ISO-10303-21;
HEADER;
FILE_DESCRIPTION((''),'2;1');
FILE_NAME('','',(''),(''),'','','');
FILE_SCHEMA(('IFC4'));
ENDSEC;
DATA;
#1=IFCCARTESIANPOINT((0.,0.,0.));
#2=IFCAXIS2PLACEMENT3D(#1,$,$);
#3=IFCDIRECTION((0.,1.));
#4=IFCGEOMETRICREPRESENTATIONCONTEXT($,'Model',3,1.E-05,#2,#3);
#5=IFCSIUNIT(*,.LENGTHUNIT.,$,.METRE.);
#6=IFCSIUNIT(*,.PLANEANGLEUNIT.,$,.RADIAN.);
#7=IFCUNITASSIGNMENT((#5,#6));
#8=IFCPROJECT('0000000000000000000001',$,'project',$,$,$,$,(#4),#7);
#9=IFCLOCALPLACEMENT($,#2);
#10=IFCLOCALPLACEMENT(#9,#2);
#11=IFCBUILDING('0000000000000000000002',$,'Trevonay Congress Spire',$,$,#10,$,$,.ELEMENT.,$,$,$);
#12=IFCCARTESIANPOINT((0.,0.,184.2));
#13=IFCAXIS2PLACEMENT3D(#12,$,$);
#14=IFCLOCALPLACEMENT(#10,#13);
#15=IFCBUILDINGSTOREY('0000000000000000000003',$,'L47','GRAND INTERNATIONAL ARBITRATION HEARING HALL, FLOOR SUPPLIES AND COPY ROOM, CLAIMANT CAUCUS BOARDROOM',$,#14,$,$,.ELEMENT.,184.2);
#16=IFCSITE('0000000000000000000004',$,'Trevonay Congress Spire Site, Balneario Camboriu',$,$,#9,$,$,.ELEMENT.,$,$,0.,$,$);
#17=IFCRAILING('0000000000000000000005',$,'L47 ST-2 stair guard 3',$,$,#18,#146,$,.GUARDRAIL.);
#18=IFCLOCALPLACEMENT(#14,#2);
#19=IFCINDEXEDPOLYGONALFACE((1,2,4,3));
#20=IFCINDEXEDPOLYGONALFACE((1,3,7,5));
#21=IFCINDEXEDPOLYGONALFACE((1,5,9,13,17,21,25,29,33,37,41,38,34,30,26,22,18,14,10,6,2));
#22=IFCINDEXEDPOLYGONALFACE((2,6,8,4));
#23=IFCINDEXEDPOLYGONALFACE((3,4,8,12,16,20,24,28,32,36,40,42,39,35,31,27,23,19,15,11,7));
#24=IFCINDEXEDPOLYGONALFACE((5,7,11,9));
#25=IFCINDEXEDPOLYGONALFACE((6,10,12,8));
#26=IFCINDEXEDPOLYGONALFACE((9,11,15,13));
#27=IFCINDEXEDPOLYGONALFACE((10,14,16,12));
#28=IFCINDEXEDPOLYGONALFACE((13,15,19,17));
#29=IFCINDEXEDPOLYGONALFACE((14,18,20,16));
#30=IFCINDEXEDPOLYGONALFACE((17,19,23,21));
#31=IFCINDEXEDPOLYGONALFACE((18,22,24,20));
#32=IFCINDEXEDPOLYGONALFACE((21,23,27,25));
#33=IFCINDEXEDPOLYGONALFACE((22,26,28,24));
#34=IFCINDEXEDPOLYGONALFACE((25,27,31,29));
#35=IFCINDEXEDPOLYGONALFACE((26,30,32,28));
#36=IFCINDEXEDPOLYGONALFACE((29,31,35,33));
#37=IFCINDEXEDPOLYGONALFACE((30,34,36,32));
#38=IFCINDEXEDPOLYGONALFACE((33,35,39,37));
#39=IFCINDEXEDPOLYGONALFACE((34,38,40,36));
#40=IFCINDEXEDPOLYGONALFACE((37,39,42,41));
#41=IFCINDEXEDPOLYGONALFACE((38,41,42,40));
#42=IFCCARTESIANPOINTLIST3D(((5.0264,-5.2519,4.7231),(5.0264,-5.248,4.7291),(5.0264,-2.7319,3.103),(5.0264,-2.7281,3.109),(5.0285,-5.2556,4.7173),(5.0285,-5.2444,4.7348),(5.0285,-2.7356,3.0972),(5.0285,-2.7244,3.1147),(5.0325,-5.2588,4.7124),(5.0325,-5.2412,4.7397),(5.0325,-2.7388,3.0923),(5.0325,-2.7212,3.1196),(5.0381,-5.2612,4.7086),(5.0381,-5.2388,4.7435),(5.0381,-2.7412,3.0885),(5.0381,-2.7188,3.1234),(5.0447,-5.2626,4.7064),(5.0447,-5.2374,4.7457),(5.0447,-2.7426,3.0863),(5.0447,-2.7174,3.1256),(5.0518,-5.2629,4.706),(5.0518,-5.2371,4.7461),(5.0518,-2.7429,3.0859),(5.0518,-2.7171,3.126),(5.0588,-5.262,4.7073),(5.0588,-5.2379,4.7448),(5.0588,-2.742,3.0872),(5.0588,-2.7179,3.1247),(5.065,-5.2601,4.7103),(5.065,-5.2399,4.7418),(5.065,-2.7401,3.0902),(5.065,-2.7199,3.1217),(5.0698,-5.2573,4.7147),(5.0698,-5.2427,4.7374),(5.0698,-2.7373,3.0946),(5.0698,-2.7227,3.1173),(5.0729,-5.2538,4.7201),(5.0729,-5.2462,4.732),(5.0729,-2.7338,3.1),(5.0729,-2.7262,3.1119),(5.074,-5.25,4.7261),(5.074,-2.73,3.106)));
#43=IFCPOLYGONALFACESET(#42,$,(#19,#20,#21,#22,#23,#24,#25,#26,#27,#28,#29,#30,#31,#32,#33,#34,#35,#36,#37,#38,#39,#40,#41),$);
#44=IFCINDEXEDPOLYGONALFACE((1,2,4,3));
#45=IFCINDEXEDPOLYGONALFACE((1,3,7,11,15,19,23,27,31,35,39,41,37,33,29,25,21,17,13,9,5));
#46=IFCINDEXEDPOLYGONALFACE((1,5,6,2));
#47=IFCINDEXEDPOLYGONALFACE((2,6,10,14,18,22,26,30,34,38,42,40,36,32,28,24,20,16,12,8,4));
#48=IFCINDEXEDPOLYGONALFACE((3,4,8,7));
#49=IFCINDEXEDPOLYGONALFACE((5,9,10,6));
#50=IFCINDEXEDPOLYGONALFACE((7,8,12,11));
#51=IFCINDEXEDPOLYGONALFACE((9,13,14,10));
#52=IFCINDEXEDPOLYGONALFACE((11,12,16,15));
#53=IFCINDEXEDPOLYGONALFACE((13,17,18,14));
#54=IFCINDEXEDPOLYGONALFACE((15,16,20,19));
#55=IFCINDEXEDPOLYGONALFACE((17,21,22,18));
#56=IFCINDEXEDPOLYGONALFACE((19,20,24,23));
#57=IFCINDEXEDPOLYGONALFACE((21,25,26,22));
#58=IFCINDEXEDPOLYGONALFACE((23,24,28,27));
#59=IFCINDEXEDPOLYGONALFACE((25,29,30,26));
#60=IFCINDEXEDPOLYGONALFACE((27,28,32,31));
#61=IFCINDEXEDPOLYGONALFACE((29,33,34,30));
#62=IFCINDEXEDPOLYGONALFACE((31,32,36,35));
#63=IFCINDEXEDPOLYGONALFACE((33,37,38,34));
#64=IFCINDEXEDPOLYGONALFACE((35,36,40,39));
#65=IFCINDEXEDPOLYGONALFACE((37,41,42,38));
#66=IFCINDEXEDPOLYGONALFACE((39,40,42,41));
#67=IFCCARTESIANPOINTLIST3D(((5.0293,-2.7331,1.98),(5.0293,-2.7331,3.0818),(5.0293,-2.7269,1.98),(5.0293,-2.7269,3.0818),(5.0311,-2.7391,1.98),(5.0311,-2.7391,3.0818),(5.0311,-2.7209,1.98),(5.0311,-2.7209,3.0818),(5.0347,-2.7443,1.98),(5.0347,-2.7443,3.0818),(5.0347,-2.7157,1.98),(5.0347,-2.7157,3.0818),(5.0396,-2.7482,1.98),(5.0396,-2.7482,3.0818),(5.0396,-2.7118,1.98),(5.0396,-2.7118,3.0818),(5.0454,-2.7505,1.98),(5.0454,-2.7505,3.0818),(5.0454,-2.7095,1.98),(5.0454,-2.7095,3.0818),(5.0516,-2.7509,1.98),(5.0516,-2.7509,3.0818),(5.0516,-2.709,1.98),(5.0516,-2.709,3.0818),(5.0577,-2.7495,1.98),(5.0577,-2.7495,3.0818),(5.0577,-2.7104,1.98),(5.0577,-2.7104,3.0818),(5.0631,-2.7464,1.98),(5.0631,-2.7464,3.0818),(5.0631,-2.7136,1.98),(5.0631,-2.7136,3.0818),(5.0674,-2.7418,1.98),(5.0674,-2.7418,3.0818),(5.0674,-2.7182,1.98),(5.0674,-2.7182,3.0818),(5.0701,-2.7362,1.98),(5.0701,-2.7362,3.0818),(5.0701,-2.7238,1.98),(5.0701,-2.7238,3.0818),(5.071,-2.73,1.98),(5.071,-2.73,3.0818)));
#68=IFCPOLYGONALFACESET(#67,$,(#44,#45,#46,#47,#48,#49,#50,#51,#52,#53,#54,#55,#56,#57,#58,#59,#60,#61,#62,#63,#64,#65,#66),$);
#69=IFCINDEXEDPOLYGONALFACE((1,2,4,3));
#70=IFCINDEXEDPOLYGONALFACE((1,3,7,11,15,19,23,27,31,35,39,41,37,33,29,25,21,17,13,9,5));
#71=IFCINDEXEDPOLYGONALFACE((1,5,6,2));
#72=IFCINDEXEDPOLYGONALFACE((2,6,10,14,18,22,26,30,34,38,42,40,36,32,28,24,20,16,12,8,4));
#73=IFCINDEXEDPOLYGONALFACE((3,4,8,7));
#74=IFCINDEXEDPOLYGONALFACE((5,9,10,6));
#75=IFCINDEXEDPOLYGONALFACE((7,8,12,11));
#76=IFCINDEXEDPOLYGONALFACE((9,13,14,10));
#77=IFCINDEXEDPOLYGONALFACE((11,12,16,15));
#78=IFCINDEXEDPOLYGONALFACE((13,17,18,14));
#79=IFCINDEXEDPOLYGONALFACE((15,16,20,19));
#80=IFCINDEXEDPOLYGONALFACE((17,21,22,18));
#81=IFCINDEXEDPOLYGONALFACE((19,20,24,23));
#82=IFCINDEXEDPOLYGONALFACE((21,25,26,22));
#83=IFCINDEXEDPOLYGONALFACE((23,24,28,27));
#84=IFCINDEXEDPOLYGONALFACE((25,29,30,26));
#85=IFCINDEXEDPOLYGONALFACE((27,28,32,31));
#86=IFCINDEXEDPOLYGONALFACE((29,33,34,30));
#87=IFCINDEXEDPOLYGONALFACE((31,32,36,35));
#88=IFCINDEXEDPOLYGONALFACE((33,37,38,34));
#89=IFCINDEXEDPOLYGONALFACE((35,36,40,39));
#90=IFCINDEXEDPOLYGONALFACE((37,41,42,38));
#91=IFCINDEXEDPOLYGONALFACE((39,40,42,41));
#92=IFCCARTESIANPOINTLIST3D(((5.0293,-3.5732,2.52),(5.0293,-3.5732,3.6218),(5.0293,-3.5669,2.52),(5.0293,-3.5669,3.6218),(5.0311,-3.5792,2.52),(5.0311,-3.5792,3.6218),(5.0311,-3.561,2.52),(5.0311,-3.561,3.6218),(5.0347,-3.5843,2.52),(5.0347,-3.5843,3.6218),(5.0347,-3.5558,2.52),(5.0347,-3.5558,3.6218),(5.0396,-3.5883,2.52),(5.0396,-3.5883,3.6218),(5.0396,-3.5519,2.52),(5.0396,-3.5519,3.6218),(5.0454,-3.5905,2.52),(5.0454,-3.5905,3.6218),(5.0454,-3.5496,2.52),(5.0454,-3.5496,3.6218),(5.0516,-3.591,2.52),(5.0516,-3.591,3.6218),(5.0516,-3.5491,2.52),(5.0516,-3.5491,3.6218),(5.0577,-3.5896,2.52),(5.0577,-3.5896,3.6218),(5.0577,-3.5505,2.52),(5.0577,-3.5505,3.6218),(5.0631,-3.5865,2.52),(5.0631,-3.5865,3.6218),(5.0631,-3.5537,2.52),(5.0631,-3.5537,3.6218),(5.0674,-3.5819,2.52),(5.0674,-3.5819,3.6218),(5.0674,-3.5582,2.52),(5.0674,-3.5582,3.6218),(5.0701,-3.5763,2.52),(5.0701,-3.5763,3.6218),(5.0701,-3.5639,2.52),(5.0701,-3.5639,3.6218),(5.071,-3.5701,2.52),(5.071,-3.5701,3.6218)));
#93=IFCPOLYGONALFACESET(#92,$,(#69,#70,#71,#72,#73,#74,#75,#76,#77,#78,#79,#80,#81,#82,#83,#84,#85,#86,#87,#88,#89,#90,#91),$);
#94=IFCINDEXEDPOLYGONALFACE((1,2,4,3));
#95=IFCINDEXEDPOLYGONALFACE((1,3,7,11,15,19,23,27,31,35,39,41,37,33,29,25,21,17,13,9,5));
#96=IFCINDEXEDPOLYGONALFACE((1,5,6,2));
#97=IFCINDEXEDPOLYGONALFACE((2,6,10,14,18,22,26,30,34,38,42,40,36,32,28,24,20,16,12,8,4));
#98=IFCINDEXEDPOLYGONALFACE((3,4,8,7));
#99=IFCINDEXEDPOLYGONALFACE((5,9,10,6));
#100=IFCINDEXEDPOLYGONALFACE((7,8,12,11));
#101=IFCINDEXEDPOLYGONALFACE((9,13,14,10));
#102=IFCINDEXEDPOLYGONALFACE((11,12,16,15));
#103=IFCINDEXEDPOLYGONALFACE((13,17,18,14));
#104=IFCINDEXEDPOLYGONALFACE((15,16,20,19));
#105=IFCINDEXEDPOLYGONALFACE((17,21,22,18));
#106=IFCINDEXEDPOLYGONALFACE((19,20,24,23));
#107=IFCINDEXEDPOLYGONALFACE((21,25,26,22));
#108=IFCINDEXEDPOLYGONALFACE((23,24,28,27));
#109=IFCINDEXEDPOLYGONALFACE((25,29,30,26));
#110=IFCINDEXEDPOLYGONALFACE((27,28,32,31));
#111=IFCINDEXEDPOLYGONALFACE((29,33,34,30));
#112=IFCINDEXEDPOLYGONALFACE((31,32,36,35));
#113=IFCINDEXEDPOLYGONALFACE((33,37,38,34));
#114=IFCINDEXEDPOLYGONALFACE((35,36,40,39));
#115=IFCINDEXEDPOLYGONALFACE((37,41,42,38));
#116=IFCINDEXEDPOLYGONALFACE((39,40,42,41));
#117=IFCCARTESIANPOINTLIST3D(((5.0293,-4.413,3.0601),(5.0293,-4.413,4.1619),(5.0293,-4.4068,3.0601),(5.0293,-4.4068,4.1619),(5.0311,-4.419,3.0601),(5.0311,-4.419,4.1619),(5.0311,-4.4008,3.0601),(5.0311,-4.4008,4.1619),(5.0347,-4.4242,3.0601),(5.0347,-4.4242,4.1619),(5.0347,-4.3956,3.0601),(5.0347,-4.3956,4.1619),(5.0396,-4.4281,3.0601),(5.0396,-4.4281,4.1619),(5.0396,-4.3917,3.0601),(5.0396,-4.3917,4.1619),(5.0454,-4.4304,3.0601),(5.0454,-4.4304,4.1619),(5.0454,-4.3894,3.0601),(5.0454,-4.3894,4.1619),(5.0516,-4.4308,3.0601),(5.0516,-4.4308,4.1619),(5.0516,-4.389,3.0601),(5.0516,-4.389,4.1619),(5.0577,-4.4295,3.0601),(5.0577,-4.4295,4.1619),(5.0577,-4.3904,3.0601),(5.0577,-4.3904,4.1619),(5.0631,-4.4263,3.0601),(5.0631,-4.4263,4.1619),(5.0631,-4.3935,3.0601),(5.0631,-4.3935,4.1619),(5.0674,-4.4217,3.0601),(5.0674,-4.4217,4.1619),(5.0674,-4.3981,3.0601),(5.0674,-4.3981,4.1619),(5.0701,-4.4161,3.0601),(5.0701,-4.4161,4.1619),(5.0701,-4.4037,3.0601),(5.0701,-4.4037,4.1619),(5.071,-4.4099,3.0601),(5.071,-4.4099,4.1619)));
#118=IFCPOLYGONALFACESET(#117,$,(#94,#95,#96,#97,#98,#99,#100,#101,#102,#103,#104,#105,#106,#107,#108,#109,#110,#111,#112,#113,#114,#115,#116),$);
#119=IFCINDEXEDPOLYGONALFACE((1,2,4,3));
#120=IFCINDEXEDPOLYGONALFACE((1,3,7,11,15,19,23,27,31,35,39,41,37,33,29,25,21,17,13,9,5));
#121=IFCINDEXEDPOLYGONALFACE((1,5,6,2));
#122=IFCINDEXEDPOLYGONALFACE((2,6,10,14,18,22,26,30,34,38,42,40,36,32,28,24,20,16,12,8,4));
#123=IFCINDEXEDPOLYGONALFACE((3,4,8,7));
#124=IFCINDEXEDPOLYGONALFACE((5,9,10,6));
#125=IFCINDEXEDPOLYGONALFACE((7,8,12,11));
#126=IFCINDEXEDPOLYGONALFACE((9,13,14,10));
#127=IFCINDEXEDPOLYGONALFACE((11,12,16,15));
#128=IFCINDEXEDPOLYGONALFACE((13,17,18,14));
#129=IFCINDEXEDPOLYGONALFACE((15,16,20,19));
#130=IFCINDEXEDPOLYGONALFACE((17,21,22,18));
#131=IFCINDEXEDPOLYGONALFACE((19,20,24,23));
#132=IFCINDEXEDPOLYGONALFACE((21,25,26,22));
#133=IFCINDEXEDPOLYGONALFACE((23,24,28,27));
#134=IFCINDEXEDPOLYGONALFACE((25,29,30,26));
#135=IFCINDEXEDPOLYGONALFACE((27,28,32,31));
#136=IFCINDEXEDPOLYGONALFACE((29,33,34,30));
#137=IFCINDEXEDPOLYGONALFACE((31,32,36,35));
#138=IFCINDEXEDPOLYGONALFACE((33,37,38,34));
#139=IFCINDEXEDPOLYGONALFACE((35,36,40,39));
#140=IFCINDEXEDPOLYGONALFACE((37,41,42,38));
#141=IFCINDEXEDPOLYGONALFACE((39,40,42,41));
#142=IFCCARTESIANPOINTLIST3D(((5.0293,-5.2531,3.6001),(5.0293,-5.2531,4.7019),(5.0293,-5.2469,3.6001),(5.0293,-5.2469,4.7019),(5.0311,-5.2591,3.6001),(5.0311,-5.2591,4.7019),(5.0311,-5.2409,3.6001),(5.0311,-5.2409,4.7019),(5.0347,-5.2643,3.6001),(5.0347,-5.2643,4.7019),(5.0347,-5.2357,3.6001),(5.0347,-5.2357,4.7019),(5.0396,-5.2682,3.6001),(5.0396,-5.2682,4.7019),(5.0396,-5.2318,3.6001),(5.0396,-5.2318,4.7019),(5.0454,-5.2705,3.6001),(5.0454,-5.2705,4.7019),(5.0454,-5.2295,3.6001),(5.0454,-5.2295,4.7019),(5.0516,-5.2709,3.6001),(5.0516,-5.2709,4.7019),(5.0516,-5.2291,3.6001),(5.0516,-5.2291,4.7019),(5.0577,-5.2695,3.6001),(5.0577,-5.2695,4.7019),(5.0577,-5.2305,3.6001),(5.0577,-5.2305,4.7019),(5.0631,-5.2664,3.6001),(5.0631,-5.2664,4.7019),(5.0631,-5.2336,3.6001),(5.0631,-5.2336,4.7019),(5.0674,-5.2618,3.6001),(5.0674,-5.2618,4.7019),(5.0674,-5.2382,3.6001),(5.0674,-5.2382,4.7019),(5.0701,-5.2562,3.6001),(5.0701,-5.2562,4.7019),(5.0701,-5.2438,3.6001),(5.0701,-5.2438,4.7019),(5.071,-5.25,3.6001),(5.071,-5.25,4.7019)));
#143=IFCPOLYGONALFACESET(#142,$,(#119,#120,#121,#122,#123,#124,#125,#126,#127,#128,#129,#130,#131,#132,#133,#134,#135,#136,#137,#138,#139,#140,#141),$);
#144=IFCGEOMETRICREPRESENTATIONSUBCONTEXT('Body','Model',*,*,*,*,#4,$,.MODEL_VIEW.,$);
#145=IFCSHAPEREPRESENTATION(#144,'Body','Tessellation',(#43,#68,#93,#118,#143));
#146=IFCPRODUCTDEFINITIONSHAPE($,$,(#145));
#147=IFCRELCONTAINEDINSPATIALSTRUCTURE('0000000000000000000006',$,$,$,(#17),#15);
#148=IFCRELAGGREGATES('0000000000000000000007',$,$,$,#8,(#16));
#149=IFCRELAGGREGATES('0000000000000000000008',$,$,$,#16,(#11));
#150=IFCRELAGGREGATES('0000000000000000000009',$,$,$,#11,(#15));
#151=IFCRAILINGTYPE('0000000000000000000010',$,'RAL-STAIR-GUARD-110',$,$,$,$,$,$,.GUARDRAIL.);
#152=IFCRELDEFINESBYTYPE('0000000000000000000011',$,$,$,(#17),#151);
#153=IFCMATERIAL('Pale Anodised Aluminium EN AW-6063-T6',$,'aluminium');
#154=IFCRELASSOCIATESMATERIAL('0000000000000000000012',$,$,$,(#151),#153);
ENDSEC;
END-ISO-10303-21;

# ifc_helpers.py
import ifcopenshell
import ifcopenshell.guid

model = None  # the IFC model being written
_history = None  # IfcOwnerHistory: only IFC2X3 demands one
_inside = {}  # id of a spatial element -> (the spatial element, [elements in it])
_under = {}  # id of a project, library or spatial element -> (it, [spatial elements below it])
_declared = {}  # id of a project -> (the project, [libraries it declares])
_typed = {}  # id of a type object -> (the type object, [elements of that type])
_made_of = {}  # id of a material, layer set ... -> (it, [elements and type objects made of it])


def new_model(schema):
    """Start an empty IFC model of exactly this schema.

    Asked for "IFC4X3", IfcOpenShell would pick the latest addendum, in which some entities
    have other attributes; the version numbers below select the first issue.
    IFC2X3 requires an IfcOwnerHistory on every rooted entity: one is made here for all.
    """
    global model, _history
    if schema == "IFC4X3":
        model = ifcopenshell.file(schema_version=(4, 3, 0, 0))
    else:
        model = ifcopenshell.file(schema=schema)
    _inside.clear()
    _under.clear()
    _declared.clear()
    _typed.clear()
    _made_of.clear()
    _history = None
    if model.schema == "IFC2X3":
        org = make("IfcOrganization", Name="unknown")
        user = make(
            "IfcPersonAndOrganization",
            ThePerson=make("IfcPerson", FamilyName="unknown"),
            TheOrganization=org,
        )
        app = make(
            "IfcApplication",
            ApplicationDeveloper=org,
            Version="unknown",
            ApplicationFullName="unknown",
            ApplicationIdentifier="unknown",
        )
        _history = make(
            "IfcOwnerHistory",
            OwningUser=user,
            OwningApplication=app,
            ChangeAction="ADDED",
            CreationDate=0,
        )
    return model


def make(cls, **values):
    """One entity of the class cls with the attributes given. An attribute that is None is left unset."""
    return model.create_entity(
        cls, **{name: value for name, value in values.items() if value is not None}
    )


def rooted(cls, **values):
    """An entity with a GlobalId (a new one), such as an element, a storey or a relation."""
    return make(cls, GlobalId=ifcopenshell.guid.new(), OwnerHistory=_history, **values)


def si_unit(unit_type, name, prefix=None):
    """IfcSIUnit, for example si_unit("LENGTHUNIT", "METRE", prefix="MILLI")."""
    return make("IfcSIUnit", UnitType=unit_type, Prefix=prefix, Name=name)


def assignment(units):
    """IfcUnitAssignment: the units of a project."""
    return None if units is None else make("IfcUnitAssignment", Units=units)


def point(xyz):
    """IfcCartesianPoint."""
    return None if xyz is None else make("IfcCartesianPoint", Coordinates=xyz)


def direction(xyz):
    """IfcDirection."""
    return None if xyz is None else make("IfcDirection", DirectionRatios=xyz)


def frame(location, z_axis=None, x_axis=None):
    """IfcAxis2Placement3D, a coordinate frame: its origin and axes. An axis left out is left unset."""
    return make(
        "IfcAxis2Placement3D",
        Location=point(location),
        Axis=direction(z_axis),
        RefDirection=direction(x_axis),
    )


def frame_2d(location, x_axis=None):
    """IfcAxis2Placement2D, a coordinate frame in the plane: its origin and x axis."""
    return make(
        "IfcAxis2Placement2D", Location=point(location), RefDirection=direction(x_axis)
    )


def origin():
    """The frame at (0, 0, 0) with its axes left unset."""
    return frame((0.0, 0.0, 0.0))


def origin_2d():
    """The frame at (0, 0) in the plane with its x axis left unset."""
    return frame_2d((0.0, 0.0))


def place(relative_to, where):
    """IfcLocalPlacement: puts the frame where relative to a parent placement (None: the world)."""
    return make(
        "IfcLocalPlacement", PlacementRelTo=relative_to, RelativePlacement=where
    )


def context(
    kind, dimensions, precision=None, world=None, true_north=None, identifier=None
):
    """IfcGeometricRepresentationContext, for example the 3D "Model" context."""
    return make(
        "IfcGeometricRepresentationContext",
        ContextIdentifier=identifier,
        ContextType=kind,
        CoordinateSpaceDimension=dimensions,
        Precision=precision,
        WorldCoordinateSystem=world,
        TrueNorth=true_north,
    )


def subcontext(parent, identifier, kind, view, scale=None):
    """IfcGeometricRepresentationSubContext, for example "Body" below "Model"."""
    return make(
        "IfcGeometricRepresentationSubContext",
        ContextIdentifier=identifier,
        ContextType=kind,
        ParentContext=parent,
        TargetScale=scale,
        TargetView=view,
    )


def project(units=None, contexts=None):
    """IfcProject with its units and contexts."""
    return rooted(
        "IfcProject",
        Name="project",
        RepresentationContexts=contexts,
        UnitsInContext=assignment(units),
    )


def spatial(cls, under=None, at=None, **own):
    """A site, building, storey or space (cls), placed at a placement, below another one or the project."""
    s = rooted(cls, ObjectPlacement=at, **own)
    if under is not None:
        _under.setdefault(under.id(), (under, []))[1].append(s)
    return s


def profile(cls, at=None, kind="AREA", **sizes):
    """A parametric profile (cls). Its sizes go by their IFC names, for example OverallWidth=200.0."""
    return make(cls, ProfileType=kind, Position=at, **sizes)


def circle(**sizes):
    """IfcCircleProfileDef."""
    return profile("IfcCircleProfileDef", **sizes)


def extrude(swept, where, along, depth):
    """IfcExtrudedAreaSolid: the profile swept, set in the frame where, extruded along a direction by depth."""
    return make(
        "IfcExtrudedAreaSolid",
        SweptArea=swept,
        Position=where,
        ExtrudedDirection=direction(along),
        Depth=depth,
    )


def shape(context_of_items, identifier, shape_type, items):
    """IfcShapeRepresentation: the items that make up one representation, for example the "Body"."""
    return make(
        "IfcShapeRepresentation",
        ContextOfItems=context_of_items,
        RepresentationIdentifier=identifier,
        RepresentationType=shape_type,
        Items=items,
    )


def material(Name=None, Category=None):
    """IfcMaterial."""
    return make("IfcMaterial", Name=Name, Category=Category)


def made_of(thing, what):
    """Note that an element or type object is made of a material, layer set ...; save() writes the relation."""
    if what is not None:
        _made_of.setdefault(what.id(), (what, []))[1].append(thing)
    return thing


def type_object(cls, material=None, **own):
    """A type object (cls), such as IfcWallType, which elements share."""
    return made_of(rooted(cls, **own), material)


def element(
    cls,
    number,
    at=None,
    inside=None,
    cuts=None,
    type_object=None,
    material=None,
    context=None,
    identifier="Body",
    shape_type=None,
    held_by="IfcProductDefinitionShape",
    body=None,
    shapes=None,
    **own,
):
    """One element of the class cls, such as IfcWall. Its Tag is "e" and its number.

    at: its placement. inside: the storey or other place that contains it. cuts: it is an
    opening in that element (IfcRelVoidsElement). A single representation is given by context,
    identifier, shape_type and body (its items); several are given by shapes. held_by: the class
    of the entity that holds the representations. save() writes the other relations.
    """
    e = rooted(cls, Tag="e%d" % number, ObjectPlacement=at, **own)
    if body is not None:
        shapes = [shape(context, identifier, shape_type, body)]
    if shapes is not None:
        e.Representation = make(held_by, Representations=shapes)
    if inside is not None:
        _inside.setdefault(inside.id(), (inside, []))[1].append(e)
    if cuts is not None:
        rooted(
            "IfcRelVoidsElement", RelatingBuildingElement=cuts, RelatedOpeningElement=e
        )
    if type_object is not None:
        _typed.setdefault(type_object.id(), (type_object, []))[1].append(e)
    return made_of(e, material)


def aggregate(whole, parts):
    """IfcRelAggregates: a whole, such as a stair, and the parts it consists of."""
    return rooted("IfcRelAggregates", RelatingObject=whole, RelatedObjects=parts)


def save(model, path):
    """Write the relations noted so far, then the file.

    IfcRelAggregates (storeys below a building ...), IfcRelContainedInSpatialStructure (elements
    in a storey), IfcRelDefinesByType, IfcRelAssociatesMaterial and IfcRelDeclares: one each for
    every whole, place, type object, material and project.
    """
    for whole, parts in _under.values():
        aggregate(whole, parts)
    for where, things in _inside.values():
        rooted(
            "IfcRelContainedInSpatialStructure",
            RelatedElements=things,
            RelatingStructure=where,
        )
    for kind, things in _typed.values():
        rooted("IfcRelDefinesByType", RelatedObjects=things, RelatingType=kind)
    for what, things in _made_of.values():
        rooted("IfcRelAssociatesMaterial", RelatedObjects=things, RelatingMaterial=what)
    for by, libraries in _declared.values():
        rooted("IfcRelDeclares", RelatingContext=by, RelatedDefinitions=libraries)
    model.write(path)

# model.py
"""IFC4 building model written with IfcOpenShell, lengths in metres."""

from ifc_helpers import new_model, si_unit, direction, frame, origin, origin_2d, place, context, subcontext, project, spatial, circle, extrude, material, type_object, element, save


model = new_model("IFC4")

# Units and contexts
model_context = context("Model", 3, precision=1e-05, world=origin(), true_north=direction((0.0, 1.0)))
body_context = subcontext(model_context, "Body", "Model", "MODEL_VIEW")
ifc_project = project(units=[si_unit("LENGTHUNIT", "METRE"), si_unit("PLANEANGLEUNIT", "RADIAN")], contexts=[model_context])

# Site, building, storey
site_placement = place(None, origin())
site = spatial("IfcSite", under=ifc_project, at=site_placement, Name="Trevonay Congress Spire Site, Balneario Camboriu", CompositionType="ELEMENT", RefElevation=0.0)
building_placement = place(site_placement, origin())
building = spatial("IfcBuilding", under=site, at=building_placement, Name="Trevonay Congress Spire", CompositionType="ELEMENT")
storey_placement = place(building_placement, frame((0.0, 0.0, 184.2)))
storey = spatial("IfcBuildingStorey", under=building, at=storey_placement, Name="L47", Description="GRAND INTERNATIONAL ARBITRATION HEARING HALL, FLOOR SUPPLIES AND COPY ROOM, CLAIMANT CAUCUS BOARDROOM", CompositionType="ELEMENT", Elevation=184.2)

# Railing
ifc_material_1 = material(Name="Pale Anodised Aluminium EN AW-6063-T6", Category="aluminium")
railing_type_1 = type_object("IfcRailingType", Name="RAL-STAIR-GUARD-110", PredefinedType="GUARDRAIL", material=ifc_material_1)
railing_1_placement = place(storey_placement, frame((5.05, -2.73, 1.98)))
element("IfcRailing", 1, at=railing_1_placement, inside=storey, type_object=railing_type_1, Name="L47 ST-2 stair guard 3", PredefinedType="GUARDRAIL", context=body_context, shape_type="SweptSolid", body=[
    extrude(circle(Radius=0.0239, at=origin_2d()), frame((0.0, 0.0, 1.126), z_axis=(0.0, -0.841163, 0.540782), x_axis=(1.0, 0.0, 0.0)), (0.0, 0.0, 1.0), 2.9958),
    extrude(circle(Radius=0.021, at=origin_2d()), origin(), (0.0, 0.0, 1.0), 1.1018),
    extrude(circle(Radius=0.021, at=origin_2d()), frame((0.0, -0.8401, 0.54)), (0.0, 0.0, 1.0), 1.1018),
    extrude(circle(Radius=0.021, at=origin_2d()), frame((0.0, -1.6799, 1.0801)), (0.0, 0.0, 1.0), 1.1018),
    extrude(circle(Radius=0.021, at=origin_2d()), frame((0.0, -2.52, 1.6201)), (0.0, 0.0, 1.0), 1.1018),
])

save(model, "model.ifc")
